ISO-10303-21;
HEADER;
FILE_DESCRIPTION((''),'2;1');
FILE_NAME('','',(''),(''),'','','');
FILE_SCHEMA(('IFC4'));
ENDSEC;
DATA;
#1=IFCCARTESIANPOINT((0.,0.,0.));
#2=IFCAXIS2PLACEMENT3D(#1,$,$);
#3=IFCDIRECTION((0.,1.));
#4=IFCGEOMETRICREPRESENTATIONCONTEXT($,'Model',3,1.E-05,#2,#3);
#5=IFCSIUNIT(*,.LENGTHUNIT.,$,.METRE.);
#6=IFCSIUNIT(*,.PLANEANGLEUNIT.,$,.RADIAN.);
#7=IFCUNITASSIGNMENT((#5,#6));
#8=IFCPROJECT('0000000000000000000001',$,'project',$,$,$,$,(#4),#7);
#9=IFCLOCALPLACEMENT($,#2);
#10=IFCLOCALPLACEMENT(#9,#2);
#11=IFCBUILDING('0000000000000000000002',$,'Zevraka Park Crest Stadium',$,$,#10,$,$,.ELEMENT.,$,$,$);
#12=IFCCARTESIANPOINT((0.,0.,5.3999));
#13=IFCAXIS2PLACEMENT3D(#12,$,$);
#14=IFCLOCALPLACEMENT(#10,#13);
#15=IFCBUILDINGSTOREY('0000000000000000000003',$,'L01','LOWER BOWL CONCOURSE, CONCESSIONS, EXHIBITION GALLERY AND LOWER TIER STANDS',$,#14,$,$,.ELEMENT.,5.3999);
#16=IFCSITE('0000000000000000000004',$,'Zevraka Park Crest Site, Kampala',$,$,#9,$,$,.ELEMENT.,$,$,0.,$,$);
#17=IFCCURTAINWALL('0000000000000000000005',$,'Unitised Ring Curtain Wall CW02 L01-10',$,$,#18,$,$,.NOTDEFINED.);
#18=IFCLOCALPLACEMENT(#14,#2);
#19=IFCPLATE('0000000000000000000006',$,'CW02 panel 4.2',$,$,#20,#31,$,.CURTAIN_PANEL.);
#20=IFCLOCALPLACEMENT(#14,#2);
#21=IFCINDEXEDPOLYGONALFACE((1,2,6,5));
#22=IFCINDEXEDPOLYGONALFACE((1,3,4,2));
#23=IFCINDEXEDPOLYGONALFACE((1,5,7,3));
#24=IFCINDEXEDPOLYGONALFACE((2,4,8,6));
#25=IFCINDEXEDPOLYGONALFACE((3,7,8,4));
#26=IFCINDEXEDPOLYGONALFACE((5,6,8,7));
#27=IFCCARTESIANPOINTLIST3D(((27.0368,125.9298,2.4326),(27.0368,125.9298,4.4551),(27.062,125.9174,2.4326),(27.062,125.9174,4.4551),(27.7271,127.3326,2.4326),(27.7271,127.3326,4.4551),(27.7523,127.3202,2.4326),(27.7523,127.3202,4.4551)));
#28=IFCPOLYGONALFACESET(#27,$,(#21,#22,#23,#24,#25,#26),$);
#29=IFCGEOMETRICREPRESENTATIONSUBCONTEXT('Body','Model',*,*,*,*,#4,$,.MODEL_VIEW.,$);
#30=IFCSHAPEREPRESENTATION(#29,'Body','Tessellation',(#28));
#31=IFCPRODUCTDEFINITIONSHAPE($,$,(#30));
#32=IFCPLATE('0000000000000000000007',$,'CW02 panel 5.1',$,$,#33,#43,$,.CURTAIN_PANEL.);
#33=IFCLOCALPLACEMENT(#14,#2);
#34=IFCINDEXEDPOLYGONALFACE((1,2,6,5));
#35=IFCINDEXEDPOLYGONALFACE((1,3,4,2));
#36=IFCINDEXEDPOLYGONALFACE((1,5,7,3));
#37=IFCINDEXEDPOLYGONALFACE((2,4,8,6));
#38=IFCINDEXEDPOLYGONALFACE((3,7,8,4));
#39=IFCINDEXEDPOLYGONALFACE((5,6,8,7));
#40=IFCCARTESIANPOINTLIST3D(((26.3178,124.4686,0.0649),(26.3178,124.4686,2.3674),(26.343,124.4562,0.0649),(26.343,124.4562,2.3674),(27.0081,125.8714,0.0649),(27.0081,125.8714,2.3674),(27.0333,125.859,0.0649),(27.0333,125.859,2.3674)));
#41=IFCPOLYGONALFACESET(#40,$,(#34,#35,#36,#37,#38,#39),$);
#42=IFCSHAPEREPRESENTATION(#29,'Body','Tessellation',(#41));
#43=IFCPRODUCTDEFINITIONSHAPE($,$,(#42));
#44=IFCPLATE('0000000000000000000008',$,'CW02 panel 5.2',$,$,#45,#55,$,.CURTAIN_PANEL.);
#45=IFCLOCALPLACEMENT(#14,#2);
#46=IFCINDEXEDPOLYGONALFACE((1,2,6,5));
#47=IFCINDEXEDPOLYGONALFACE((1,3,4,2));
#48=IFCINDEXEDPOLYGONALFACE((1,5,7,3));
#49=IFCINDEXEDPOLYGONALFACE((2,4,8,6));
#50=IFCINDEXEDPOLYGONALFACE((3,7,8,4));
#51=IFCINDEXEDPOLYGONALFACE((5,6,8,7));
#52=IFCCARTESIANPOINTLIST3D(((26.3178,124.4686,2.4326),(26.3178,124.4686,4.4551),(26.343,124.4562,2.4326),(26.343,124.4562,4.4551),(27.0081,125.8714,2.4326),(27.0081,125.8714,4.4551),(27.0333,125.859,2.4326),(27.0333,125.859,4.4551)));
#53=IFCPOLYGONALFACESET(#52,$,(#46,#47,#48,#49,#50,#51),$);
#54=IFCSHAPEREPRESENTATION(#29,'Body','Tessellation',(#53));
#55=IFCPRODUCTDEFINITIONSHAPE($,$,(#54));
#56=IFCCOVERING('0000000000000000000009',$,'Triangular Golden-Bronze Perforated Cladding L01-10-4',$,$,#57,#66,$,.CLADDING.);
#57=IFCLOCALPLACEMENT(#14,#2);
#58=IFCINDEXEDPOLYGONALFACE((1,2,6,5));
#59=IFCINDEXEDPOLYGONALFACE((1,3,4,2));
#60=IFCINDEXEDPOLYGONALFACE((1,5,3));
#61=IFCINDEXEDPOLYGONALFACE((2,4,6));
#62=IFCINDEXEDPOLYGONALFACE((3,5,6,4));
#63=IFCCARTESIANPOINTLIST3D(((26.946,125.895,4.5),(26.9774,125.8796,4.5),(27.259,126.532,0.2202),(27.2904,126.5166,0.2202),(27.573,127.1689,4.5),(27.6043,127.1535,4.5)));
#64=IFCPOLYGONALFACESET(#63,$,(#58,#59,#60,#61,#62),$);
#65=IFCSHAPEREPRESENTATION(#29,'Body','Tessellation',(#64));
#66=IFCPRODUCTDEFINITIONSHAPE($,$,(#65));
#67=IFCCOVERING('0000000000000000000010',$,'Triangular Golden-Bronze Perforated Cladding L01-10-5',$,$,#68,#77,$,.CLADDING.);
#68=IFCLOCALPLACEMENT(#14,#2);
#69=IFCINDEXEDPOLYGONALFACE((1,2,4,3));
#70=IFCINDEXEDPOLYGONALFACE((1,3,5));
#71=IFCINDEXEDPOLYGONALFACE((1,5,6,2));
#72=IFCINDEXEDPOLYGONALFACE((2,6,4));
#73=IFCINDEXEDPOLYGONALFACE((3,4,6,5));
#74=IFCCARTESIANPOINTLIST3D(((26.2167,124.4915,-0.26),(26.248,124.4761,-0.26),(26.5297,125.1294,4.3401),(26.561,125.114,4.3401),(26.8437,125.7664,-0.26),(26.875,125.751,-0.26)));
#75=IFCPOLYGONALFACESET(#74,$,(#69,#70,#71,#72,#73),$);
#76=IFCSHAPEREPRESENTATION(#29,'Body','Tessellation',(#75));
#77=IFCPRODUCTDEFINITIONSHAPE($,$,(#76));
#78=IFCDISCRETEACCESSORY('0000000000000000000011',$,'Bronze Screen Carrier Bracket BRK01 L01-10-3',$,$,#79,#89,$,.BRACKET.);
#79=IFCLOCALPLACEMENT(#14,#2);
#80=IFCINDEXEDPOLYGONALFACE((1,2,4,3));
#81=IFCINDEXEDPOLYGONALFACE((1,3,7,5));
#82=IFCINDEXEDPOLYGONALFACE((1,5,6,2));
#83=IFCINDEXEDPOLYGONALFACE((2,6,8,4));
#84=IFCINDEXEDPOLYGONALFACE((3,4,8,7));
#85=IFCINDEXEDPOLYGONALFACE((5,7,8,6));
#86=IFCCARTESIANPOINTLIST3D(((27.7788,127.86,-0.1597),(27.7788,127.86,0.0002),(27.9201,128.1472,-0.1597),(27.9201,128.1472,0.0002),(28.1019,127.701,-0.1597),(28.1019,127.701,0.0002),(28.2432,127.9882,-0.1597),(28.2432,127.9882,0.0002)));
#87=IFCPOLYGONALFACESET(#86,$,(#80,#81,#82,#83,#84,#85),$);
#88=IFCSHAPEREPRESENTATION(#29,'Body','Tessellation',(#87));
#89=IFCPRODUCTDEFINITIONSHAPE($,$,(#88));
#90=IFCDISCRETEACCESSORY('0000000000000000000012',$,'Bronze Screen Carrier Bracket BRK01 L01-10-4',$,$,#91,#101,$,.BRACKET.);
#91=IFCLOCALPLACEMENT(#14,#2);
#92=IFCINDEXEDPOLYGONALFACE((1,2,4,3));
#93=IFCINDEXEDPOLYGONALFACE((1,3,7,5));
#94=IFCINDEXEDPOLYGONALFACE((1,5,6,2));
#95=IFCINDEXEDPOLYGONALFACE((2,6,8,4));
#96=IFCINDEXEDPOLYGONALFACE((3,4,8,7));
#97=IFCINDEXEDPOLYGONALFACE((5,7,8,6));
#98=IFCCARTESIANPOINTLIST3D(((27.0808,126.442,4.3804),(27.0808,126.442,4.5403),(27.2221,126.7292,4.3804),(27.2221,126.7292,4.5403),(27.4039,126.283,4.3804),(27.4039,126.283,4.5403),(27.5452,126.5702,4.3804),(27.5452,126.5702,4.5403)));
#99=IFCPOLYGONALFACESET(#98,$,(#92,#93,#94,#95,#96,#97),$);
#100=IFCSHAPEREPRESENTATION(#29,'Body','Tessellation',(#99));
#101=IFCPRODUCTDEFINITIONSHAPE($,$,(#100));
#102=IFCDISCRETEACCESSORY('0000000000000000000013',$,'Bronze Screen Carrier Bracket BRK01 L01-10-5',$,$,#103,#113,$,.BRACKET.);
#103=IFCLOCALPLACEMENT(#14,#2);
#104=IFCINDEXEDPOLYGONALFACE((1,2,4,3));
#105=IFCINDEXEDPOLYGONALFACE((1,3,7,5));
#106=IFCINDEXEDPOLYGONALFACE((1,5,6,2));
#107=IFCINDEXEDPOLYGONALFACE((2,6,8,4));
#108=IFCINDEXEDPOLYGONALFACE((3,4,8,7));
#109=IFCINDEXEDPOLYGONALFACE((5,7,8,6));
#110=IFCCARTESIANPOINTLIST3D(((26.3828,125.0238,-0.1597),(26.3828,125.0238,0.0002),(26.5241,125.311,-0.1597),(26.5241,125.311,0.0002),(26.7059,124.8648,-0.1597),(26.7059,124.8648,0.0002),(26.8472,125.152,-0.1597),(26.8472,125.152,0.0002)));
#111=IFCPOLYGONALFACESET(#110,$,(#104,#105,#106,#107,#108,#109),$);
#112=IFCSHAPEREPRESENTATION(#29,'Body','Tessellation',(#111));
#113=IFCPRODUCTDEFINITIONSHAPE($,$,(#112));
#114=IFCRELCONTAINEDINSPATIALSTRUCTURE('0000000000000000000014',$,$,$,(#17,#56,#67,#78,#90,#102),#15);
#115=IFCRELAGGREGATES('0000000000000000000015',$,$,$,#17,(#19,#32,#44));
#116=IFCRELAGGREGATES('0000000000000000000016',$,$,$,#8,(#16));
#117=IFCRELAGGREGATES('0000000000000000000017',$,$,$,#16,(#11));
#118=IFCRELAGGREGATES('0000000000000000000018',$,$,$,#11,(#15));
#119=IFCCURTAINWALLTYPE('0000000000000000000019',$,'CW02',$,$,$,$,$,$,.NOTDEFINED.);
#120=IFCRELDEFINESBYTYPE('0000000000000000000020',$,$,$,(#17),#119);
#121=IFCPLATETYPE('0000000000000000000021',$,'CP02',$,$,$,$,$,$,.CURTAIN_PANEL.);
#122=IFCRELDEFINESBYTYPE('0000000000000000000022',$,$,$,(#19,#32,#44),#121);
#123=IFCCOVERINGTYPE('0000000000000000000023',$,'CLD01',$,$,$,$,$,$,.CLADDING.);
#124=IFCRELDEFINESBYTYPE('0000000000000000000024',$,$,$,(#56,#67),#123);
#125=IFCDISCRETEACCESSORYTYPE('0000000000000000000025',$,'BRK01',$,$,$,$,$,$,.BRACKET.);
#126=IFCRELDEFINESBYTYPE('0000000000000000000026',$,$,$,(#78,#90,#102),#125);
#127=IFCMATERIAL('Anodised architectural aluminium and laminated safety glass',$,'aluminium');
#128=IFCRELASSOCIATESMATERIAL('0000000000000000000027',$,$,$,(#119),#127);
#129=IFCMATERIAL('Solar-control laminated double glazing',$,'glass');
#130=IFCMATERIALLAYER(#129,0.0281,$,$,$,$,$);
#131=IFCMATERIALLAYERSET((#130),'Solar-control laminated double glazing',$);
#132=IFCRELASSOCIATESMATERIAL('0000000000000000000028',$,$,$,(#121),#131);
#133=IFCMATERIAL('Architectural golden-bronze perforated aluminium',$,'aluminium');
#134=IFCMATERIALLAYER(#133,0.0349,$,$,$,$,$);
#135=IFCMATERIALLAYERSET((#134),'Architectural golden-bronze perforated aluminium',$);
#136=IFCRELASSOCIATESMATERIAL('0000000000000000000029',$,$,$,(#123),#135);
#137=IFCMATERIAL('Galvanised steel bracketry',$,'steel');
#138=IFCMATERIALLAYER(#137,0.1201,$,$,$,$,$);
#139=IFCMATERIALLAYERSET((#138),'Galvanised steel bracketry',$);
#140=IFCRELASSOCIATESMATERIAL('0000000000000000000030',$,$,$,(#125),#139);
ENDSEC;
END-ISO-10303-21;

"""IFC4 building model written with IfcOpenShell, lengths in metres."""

from ifc_helpers import new_model, si_unit, direction, frame, origin, origin_2d, place, context, subcontext, project, spatial, polyline, rectangle, outline, extrude, material, layer, layer_set, type_object, element, aggregate, save


model = new_model("IFC4")

# Units and contexts
model_context = context("Model", 3, precision=1e-05, world=origin(), true_north=direction((0.0, 1.0)))
body_context = subcontext(model_context, "Body", "Model", "MODEL_VIEW")
ifc_project = project(units=[si_unit("LENGTHUNIT", "METRE"), si_unit("PLANEANGLEUNIT", "RADIAN")], contexts=[model_context])

# Site, building, storey
site_placement = place(None, origin())
site = spatial("IfcSite", under=ifc_project, at=site_placement, Name="Zevraka Park Crest Site, Kampala", CompositionType="ELEMENT", RefElevation=0.0)
building_placement = place(site_placement, origin())
building = spatial("IfcBuilding", under=site, at=building_placement, Name="Zevraka Park Crest Stadium", CompositionType="ELEMENT")
storey_placement = place(building_placement, frame((0.0, 0.0, 5.3999)))
storey = spatial("IfcBuildingStorey", under=building, at=storey_placement, Name="L01", Description="LOWER BOWL CONCOURSE, CONCESSIONS, EXHIBITION GALLERY AND LOWER TIER STANDS", CompositionType="ELEMENT", Elevation=5.3999)

# Curtain wall, plates
ifc_material_1 = material(Name="Anodised architectural aluminium and laminated safety glass", Category="aluminium")
curtain_wall_type = type_object("IfcCurtainWallType", Name="CW02", PredefinedType="NOTDEFINED", material=ifc_material_1)
curtain_wall_placement = place(storey_placement, origin())
curtain_wall = element("IfcCurtainWall", 1, at=curtain_wall_placement, inside=storey, type_object=curtain_wall_type, Name="Unitised Ring Curtain Wall CW02 L01-10", PredefinedType="NOTDEFINED")
ifc_material_2 = material(Name="Solar-control laminated double glazing", Category="glass")
ifc_layer_1 = layer(ifc_material_2, 0.0281)
ifc_layer_set_1 = layer_set([ifc_layer_1], Name="Solar-control laminated double glazing")
plate_type = type_object("IfcPlateType", Name="CP02", PredefinedType="CURTAIN_PANEL", material=ifc_layer_set_1)
plate_1_placement = place(storey_placement, frame((27.3945, 126.625, 2.4326), z_axis=(0.0, 0.0, 1.0), x_axis=(-0.441517, -0.897253, 0.0)))
plate_1 = element("IfcPlate", 2, at=plate_1_placement, type_object=plate_type, Name="CW02 panel 4.2", PredefinedType="CURTAIN_PANEL", context=body_context, shape_type="SweptSolid", body=[
    extrude(rectangle(XDim=1.5635, YDim=0.0281, at=origin_2d()), origin(), (0.0, 0.0, 1.0), 2.0225),
])
plate_2_placement = place(storey_placement, frame((26.6755, 125.1638, 0.0649), z_axis=(0.0, 0.0, 1.0), x_axis=(-0.441517, -0.897253, 0.0)))
plate_2 = element("IfcPlate", 3, at=plate_2_placement, type_object=plate_type, Name="CW02 panel 5.1", PredefinedType="CURTAIN_PANEL", context=body_context, shape_type="SweptSolid", body=[
    extrude(rectangle(XDim=1.5635, YDim=0.0281, at=origin_2d()), origin(), (0.0, 0.0, 1.0), 2.3025),
])
plate_3_placement = place(storey_placement, frame((26.6755, 125.1638, 2.4326), z_axis=(0.0, 0.0, 1.0), x_axis=(-0.441517, -0.897253, 0.0)))
plate_3 = element("IfcPlate", 4, at=plate_3_placement, type_object=plate_type, Name="CW02 panel 5.2", PredefinedType="CURTAIN_PANEL", context=body_context, shape_type="SweptSolid", body=[
    extrude(rectangle(XDim=1.5635, YDim=0.0281, at=origin_2d()), origin(), (0.0, 0.0, 1.0), 2.0225),
])
aggregate(curtain_wall, [plate_1, plate_2, plate_3])

# Coverings
ifc_material_3 = material(Name="Architectural golden-bronze perforated aluminium", Category="aluminium")
ifc_layer_2 = layer(ifc_material_3, 0.0349)
ifc_layer_set_2 = layer_set([ifc_layer_2], Name="Architectural golden-bronze perforated aluminium")
covering_type = type_object("IfcCoveringType", Name="CLD01", PredefinedType="CLADDING", material=ifc_layer_set_2)
covering_1_placement = place(storey_placement, frame((26.946, 125.895, 4.5), z_axis=(-0.897229, 0.441565, 0.000102), x_axis=(0.441565, 0.897229, 0.0)))
element("IfcCovering", 5, at=covering_1_placement, inside=storey, type_object=covering_type, Name="Triangular Golden-Bronze Perforated Cladding L01-10-4", PredefinedType="CLADDING", context=body_context, shape_type="SweptSolid", body=[
    extrude(outline(polyline([(0.0, 0.0), (1.4198, 0.0), (0.7097, 4.2798), (0.0, 0.0)])), origin(), (0.0, 0.0, -1.0), 0.0349),
])
covering_2_placement = place(storey_placement, frame((26.875, 125.751, -0.26), z_axis=(0.897363, -0.441292, 0.000142), x_axis=(-0.441292, -0.897363, 0.0)))
element("IfcCovering", 6, at=covering_2_placement, inside=storey, type_object=covering_type, Name="Triangular Golden-Bronze Perforated Cladding L01-10-5", PredefinedType="CLADDING", context=body_context, shape_type="SweptSolid", body=[
    extrude(outline(polyline([(0.0, 0.0), (1.4207, 0.0), (0.7101, -4.6001), (0.0, 0.0)])), origin(), (0.0, 0.0, -1.0), 0.0349),
])

# Discrete accessories
ifc_material_4 = material(Name="Galvanised steel bracketry", Category="steel")
ifc_layer_3 = layer(ifc_material_4, 0.1201)
ifc_layer_set_3 = layer_set([ifc_layer_3], Name="Galvanised steel bracketry")
discrete_accessory_type = type_object("IfcDiscreteAccessoryType", Name="BRK01", PredefinedType="BRACKET", material=ifc_layer_set_3)
for number, where, z_axis, x_axis, name in (
    (7, (28.011, 127.9241, -0.1597), (0.0, 0.0, 1.0), (-0.441506, -0.897258, 0.0), "Bronze Screen Carrier Bracket BRK01 L01-10-3"),
    (8, (27.313, 126.5061, 4.3804), (0.0, 0.0, 1.0), (-0.441506, -0.897258, 0.0), "Bronze Screen Carrier Bracket BRK01 L01-10-4"),
    (9, (26.615, 125.0879, -0.1597), (0.0, 0.0, 1.0), (-0.441506, -0.897258, 0.0), "Bronze Screen Carrier Bracket BRK01 L01-10-5"),
):
    element("IfcDiscreteAccessory", number, at=place(storey_placement, frame(where, z_axis=z_axis, x_axis=x_axis)), inside=storey, type_object=discrete_accessory_type, Name=name, PredefinedType="BRACKET", context=body_context, shape_type="SweptSolid", body=[
        extrude(rectangle(XDim=0.3201, YDim=0.3601, at=origin_2d()), origin(), (0.0, 0.0, 1.0), 0.1599),
    ])

save(model, "model.ifc")
